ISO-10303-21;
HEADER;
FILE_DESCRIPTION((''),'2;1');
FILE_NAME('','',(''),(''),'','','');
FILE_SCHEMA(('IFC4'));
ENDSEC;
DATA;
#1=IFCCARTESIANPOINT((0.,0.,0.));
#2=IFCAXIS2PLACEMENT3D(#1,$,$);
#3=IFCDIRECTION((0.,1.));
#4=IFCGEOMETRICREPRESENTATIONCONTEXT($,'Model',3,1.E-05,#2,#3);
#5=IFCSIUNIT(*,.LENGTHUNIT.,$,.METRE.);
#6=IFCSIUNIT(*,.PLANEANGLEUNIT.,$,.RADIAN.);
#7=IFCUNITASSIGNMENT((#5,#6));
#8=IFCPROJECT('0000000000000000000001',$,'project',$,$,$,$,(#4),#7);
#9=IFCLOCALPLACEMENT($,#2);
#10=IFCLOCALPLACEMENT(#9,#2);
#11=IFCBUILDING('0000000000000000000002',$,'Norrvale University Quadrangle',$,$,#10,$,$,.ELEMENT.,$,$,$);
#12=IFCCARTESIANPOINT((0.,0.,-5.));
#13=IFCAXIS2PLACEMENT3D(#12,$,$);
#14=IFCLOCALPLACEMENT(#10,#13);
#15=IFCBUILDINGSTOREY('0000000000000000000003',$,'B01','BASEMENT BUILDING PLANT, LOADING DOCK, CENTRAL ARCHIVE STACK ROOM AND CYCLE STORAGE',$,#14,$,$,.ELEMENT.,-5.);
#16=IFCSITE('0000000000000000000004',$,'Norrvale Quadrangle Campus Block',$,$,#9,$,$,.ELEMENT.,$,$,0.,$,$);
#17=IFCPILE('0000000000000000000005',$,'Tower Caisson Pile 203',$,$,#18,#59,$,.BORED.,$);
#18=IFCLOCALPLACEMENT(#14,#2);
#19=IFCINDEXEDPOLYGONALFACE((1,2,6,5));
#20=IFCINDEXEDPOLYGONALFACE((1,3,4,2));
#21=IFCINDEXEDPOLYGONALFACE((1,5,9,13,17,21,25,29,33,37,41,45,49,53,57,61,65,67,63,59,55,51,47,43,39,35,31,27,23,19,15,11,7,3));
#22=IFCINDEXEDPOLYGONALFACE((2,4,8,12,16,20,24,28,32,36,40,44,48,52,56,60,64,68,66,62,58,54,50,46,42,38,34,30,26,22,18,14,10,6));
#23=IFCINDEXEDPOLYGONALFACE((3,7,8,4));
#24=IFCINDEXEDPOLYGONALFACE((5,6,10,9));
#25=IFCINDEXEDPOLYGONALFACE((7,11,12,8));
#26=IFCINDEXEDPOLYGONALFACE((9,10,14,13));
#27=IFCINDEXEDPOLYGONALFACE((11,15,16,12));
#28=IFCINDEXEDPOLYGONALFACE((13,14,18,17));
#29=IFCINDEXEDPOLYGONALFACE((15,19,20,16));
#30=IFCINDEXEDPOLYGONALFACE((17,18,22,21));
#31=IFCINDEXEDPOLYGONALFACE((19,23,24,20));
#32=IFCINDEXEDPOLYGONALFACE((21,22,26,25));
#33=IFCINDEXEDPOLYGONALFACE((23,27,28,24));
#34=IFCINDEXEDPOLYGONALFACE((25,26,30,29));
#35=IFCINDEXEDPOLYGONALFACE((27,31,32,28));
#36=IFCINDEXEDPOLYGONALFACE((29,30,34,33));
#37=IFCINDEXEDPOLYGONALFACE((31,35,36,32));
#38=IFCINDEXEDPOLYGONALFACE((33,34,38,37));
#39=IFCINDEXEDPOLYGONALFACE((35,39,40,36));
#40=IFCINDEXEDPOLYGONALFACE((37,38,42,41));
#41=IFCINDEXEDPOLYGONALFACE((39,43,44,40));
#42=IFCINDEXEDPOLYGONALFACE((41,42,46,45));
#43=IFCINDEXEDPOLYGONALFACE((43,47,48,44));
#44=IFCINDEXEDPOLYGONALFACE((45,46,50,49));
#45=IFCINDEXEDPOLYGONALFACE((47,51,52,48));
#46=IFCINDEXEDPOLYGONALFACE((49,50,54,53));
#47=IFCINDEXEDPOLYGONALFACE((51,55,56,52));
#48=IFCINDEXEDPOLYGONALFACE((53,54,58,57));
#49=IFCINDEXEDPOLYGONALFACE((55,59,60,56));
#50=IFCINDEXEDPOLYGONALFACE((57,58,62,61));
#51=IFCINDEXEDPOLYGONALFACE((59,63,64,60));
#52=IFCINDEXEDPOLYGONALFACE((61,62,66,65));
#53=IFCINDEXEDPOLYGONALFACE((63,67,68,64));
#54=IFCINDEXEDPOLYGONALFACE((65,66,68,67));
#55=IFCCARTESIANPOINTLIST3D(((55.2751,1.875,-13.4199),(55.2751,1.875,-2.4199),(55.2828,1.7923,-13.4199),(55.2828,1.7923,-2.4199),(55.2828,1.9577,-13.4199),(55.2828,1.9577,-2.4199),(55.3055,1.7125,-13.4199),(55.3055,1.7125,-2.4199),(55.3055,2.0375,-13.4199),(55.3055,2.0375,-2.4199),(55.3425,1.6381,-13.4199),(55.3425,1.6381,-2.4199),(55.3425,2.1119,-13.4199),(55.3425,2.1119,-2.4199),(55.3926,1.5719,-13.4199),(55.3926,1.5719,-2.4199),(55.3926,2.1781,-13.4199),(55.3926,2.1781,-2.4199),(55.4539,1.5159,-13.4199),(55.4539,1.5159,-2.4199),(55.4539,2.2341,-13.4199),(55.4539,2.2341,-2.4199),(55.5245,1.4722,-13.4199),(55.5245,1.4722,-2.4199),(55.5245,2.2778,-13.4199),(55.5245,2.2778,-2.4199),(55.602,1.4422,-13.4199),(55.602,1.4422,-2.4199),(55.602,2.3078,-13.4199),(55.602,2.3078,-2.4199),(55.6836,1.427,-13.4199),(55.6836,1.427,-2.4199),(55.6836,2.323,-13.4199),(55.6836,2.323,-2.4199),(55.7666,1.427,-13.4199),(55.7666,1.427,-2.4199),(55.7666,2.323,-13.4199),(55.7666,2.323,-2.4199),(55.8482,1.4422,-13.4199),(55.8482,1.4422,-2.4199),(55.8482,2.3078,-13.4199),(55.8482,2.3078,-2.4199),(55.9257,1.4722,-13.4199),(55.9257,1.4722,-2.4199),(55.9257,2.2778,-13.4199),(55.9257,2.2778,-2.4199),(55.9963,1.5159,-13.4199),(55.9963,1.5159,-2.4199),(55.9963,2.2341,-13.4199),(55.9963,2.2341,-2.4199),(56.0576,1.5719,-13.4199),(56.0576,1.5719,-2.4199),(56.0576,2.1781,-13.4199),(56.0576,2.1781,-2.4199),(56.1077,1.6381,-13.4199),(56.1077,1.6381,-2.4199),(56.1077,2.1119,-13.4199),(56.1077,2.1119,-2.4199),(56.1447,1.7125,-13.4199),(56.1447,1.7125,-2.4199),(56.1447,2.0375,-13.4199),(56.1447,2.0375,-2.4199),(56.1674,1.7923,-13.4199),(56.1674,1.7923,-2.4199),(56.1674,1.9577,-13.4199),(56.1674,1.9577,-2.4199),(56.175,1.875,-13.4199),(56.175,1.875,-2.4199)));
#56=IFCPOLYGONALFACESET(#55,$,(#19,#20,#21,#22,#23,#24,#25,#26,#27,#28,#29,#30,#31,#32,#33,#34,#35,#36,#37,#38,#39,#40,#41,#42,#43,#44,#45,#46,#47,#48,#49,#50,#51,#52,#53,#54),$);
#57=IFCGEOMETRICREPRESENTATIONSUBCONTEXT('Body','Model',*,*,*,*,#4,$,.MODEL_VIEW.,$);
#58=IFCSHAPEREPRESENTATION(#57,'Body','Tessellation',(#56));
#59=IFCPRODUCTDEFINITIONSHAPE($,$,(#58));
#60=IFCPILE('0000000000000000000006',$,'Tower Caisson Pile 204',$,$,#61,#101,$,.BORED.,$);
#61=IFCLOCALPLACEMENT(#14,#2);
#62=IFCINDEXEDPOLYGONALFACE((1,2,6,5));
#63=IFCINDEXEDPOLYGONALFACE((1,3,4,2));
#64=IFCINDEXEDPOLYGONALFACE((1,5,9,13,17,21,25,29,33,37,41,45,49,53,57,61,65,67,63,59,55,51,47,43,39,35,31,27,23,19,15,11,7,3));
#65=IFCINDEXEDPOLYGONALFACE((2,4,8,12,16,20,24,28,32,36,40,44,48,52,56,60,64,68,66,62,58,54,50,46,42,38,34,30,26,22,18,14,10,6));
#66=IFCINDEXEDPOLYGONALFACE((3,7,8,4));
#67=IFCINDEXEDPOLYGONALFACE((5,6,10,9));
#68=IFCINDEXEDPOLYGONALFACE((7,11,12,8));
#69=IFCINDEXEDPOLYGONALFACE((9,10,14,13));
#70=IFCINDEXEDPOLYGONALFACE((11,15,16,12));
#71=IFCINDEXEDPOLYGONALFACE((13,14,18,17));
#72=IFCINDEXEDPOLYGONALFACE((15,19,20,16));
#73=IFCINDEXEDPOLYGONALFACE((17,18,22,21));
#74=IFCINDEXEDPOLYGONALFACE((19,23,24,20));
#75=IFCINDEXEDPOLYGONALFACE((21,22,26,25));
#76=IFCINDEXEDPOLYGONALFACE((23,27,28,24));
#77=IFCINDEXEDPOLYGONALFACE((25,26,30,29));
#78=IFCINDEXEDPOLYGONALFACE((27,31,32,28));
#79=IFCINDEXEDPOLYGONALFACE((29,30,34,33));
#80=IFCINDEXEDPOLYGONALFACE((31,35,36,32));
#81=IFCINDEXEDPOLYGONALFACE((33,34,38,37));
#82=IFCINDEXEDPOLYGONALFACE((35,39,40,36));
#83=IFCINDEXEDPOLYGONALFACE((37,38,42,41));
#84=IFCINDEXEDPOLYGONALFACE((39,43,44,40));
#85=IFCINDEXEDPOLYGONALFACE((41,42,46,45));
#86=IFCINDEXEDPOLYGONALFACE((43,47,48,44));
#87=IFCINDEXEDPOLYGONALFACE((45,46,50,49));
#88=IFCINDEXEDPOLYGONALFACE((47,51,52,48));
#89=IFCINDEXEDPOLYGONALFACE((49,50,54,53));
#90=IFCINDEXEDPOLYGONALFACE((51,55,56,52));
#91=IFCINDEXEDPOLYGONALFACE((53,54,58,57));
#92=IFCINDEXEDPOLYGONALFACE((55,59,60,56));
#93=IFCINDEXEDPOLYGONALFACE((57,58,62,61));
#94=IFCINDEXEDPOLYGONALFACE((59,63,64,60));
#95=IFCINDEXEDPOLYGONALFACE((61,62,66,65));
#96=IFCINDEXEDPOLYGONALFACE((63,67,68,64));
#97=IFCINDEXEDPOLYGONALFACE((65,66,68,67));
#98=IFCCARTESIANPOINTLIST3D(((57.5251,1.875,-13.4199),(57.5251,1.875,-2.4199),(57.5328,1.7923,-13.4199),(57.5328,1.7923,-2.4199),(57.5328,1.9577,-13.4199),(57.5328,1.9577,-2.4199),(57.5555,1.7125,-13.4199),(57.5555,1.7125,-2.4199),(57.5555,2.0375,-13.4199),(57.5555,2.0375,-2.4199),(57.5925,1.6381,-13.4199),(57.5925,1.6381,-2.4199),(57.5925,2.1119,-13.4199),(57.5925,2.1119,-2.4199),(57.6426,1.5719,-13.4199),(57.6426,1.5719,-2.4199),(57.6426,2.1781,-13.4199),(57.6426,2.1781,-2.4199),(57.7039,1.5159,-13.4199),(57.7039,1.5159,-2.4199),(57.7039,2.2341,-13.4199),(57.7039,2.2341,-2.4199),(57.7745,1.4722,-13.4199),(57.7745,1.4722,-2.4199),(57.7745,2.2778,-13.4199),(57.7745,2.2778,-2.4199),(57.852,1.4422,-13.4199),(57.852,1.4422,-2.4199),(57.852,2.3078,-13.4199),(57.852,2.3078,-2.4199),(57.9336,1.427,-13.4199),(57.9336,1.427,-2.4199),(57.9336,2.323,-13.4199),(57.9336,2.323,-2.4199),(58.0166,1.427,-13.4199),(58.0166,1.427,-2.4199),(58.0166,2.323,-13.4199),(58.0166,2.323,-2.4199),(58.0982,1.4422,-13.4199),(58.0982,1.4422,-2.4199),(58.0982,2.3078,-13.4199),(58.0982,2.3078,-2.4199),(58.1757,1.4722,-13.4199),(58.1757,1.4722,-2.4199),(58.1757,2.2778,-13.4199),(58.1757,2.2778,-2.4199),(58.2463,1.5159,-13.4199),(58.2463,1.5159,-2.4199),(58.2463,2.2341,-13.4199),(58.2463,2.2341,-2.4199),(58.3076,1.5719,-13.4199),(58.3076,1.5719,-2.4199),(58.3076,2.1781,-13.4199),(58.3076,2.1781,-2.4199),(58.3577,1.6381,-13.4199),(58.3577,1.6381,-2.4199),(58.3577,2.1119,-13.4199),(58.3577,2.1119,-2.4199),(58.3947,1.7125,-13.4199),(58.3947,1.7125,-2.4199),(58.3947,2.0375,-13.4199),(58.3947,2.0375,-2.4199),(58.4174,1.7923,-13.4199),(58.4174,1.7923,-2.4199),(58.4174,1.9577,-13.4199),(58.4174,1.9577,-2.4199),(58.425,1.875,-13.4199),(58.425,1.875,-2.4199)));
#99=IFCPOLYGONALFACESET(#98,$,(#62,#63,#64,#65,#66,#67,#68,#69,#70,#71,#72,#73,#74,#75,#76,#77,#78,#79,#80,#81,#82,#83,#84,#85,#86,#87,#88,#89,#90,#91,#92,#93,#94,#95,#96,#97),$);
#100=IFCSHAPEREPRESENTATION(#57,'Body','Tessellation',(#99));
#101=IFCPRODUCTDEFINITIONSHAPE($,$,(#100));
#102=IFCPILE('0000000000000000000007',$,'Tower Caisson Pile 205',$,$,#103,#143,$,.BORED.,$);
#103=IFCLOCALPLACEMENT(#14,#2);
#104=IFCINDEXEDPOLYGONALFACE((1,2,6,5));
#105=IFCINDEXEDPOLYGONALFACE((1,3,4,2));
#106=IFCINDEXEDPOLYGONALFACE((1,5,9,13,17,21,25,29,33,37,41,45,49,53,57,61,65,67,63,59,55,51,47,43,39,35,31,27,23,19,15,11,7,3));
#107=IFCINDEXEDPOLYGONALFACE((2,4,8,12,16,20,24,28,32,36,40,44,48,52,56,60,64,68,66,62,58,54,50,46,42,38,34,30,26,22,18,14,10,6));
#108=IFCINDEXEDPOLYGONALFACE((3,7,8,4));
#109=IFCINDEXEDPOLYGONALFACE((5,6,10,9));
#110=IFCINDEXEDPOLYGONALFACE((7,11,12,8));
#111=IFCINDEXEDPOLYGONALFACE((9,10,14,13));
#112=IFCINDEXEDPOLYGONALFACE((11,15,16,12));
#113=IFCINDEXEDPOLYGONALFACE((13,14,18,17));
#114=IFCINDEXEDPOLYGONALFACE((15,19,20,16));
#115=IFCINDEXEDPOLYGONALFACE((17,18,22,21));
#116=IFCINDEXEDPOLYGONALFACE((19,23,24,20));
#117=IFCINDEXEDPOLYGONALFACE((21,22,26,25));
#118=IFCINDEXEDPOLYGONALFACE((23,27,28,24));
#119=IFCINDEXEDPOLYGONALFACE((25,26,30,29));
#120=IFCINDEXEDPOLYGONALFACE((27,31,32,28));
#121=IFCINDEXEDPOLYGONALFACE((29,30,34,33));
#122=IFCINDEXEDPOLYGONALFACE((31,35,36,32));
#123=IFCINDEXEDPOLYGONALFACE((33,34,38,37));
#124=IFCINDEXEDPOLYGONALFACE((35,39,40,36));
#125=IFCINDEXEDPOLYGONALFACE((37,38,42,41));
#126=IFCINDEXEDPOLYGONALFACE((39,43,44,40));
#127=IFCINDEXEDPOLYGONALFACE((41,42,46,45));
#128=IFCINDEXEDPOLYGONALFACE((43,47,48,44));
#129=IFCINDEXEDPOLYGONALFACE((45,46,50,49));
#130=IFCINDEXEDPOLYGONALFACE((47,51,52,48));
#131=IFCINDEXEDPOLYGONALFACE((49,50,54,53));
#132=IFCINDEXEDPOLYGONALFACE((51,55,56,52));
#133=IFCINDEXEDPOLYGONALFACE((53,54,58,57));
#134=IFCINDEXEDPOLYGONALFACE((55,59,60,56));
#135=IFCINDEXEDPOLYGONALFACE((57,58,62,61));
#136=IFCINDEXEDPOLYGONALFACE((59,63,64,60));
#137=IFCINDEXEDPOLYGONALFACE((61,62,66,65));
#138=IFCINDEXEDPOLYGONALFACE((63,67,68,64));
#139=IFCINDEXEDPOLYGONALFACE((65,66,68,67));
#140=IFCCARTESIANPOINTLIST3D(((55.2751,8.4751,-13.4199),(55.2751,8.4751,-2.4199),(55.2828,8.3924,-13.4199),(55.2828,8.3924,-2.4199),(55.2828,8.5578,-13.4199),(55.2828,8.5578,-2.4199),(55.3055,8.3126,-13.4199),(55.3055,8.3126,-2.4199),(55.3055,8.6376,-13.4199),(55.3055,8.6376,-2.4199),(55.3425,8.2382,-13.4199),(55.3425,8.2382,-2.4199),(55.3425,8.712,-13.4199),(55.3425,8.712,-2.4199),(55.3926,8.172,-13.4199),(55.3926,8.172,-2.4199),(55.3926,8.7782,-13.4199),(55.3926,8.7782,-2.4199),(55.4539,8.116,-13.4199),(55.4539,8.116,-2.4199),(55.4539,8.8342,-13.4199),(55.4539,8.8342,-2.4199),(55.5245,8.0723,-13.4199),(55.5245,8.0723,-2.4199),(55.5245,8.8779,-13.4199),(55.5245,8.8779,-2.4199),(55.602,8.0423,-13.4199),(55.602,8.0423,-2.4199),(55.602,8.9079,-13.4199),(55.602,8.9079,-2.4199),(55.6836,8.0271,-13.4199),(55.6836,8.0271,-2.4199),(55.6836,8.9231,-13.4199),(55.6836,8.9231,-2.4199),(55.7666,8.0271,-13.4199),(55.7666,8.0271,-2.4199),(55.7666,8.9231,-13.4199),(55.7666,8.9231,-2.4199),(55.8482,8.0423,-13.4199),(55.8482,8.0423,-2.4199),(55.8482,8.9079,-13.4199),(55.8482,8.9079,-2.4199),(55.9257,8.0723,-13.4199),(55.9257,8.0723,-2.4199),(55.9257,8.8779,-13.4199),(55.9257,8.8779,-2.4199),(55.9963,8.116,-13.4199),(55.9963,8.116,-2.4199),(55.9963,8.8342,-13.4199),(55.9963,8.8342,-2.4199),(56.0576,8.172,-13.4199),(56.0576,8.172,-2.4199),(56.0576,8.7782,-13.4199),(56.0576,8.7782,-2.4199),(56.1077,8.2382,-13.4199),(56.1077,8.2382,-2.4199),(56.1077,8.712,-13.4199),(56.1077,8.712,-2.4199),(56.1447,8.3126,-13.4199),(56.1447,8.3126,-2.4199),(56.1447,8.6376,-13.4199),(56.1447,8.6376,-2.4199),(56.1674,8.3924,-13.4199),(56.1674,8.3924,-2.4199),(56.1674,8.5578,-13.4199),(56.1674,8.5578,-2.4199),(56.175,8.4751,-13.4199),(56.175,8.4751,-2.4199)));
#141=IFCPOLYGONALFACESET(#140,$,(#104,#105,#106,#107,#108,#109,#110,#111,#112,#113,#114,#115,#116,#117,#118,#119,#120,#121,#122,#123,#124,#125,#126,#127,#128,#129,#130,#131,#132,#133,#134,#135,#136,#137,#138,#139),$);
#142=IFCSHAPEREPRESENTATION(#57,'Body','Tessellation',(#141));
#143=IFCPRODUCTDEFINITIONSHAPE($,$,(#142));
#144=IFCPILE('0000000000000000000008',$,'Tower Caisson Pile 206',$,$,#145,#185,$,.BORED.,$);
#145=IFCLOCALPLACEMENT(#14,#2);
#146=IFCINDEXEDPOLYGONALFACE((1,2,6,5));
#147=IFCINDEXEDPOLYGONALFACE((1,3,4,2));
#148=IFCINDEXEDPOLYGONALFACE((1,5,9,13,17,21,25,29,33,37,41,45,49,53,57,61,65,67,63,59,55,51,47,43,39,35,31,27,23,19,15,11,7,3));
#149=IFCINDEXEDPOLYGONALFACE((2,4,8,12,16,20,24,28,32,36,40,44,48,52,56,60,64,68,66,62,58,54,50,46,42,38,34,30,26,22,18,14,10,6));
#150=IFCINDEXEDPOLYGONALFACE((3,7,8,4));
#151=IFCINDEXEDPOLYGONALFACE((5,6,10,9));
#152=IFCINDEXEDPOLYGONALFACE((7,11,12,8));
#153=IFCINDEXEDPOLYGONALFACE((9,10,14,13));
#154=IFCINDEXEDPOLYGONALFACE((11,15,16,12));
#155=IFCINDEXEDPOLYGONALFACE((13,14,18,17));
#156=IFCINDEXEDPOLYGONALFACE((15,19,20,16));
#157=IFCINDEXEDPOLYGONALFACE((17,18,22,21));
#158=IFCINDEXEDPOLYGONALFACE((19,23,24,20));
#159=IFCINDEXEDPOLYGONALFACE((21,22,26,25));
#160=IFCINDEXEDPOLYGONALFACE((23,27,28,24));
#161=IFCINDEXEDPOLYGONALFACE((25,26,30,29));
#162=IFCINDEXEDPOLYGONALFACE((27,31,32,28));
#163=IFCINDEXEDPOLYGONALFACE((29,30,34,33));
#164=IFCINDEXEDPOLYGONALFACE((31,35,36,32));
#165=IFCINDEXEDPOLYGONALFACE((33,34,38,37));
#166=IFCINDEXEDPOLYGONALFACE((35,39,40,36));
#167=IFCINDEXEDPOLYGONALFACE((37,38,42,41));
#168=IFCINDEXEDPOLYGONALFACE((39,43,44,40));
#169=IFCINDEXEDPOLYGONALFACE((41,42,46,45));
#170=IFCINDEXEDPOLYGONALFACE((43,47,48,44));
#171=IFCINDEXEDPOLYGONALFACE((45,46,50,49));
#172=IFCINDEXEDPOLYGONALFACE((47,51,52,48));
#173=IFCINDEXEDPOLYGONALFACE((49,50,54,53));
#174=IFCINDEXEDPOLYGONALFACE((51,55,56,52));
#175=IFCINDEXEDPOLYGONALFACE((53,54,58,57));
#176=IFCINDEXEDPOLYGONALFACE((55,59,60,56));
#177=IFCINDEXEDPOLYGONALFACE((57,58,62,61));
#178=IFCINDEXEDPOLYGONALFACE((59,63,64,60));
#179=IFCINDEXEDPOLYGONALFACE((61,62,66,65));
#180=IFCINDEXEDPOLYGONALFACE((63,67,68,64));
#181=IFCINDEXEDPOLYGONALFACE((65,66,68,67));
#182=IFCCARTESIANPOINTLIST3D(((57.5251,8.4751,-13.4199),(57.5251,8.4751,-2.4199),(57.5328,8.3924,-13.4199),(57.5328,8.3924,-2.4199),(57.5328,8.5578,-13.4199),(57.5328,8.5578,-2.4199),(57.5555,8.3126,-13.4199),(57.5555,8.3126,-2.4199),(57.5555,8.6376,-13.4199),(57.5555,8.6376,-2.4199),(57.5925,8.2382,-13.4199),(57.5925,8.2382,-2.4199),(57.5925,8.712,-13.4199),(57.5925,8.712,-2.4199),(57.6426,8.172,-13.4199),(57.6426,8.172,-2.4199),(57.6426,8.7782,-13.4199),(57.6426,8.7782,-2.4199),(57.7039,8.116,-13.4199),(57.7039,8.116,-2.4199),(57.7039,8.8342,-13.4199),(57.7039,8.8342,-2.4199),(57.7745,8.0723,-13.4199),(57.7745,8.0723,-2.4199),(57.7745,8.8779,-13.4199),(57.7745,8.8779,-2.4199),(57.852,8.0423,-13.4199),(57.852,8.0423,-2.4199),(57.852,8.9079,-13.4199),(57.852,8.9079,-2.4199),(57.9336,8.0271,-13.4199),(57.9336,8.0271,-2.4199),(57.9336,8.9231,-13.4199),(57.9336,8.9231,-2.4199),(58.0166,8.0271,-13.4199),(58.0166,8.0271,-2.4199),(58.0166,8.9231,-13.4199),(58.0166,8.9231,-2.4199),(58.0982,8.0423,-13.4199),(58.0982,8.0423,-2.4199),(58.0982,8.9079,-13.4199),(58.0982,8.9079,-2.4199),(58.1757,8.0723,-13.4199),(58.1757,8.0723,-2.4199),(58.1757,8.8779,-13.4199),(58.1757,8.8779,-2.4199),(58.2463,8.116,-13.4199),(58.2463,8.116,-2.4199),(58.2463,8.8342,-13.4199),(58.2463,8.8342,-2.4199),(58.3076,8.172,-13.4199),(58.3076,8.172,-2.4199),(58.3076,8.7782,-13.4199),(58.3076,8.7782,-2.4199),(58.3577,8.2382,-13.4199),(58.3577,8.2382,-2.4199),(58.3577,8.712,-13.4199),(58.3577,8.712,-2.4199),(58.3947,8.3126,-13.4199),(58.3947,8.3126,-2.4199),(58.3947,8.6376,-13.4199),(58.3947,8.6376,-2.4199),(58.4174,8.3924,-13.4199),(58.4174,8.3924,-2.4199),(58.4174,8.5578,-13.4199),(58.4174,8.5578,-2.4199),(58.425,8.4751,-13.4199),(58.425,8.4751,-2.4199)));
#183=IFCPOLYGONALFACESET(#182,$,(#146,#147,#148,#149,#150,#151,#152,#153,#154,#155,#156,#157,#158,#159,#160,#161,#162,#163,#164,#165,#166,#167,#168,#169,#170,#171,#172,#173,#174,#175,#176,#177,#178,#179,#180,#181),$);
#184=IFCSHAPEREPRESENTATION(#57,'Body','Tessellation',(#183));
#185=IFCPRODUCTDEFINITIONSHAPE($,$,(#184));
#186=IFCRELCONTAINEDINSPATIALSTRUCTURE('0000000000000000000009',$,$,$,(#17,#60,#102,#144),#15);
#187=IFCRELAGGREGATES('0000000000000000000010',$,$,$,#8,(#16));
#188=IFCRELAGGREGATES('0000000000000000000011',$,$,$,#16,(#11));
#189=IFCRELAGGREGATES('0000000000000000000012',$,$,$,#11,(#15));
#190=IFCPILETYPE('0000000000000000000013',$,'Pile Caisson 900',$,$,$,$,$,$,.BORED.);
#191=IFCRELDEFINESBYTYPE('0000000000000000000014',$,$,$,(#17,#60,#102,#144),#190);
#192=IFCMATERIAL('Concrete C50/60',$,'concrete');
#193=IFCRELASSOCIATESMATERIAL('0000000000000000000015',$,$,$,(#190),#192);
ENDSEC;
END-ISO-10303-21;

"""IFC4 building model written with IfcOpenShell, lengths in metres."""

from ifc_helpers import new_model, si_unit, direction, frame, origin, origin_2d, place, context, subcontext, project, spatial, circle, extrude, material, material_profile, profile_set, type_object, element, save


model = new_model("IFC4")

# Units and contexts
model_context = context("Model", 3, precision=1e-05, world=origin(), true_north=direction((0.0, 1.0)))
body_context = subcontext(model_context, "Body", "Model", "MODEL_VIEW")
ifc_project = project(units=[si_unit("LENGTHUNIT", "METRE"), si_unit("PLANEANGLEUNIT", "RADIAN")], contexts=[model_context])

# Site, building, storey
site_placement = place(None, origin())
site = spatial("IfcSite", under=ifc_project, at=site_placement, Name="Norrvale Quadrangle Campus Block", CompositionType="ELEMENT", RefElevation=0.0)
building_placement = place(site_placement, origin())
building = spatial("IfcBuilding", under=site, at=building_placement, Name="Norrvale University Quadrangle", CompositionType="ELEMENT")
storey_placement = place(building_placement, frame((0.0, 0.0, -5.0)))
storey = spatial("IfcBuildingStorey", under=building, at=storey_placement, Name="B01", Description="BASEMENT BUILDING PLANT, LOADING DOCK, CENTRAL ARCHIVE STACK ROOM AND CYCLE STORAGE", CompositionType="ELEMENT", Elevation=-5.0)

# Shared definitions
ifc_material_1 = material(Name="Concrete C50/60", Category="concrete")

# Piles
ifc_material_profile_1 = material_profile(ifc_material_1, circle(Radius=0.45, at=origin_2d()), Name="Concrete C50/60")
ifc_profile_set_1 = profile_set([ifc_material_profile_1], Name="Concrete C50/60")
pile_type = type_object("IfcPileType", Name="Pile Caisson 900", PredefinedType="BORED", material=ifc_profile_set_1)
for number, where, z_axis, x_axis, name in (
    (1, (55.7251, 1.875, -2.4199), (0.0, 0.0, -1.0), (1.0, 0.0, 0.0), "Tower Caisson Pile 203"),
    (2, (57.9751, 1.875, -2.4199), (0.0, 0.0, -1.0), (1.0, 0.0, 0.0), "Tower Caisson Pile 204"),
    (3, (55.7251, 8.4751, -2.4199), (0.0, 0.0, -1.0), (1.0, 0.0, 0.0), "Tower Caisson Pile 205"),
    (4, (57.9751, 8.4751, -2.4199), (0.0, 0.0, -1.0), (1.0, 0.0, 0.0), "Tower Caisson Pile 206"),
):
    element("IfcPile", number, at=place(storey_placement, frame(where, z_axis=z_axis, x_axis=x_axis)), inside=storey, type_object=pile_type, Name=name, PredefinedType="BORED", context=body_context, shape_type="SweptSolid", body=[
        extrude(circle(Radius=0.45, at=origin_2d()), origin(), (0.0, 0.0, 1.0), 11.0),
    ])

save(model, "model.ifc")
